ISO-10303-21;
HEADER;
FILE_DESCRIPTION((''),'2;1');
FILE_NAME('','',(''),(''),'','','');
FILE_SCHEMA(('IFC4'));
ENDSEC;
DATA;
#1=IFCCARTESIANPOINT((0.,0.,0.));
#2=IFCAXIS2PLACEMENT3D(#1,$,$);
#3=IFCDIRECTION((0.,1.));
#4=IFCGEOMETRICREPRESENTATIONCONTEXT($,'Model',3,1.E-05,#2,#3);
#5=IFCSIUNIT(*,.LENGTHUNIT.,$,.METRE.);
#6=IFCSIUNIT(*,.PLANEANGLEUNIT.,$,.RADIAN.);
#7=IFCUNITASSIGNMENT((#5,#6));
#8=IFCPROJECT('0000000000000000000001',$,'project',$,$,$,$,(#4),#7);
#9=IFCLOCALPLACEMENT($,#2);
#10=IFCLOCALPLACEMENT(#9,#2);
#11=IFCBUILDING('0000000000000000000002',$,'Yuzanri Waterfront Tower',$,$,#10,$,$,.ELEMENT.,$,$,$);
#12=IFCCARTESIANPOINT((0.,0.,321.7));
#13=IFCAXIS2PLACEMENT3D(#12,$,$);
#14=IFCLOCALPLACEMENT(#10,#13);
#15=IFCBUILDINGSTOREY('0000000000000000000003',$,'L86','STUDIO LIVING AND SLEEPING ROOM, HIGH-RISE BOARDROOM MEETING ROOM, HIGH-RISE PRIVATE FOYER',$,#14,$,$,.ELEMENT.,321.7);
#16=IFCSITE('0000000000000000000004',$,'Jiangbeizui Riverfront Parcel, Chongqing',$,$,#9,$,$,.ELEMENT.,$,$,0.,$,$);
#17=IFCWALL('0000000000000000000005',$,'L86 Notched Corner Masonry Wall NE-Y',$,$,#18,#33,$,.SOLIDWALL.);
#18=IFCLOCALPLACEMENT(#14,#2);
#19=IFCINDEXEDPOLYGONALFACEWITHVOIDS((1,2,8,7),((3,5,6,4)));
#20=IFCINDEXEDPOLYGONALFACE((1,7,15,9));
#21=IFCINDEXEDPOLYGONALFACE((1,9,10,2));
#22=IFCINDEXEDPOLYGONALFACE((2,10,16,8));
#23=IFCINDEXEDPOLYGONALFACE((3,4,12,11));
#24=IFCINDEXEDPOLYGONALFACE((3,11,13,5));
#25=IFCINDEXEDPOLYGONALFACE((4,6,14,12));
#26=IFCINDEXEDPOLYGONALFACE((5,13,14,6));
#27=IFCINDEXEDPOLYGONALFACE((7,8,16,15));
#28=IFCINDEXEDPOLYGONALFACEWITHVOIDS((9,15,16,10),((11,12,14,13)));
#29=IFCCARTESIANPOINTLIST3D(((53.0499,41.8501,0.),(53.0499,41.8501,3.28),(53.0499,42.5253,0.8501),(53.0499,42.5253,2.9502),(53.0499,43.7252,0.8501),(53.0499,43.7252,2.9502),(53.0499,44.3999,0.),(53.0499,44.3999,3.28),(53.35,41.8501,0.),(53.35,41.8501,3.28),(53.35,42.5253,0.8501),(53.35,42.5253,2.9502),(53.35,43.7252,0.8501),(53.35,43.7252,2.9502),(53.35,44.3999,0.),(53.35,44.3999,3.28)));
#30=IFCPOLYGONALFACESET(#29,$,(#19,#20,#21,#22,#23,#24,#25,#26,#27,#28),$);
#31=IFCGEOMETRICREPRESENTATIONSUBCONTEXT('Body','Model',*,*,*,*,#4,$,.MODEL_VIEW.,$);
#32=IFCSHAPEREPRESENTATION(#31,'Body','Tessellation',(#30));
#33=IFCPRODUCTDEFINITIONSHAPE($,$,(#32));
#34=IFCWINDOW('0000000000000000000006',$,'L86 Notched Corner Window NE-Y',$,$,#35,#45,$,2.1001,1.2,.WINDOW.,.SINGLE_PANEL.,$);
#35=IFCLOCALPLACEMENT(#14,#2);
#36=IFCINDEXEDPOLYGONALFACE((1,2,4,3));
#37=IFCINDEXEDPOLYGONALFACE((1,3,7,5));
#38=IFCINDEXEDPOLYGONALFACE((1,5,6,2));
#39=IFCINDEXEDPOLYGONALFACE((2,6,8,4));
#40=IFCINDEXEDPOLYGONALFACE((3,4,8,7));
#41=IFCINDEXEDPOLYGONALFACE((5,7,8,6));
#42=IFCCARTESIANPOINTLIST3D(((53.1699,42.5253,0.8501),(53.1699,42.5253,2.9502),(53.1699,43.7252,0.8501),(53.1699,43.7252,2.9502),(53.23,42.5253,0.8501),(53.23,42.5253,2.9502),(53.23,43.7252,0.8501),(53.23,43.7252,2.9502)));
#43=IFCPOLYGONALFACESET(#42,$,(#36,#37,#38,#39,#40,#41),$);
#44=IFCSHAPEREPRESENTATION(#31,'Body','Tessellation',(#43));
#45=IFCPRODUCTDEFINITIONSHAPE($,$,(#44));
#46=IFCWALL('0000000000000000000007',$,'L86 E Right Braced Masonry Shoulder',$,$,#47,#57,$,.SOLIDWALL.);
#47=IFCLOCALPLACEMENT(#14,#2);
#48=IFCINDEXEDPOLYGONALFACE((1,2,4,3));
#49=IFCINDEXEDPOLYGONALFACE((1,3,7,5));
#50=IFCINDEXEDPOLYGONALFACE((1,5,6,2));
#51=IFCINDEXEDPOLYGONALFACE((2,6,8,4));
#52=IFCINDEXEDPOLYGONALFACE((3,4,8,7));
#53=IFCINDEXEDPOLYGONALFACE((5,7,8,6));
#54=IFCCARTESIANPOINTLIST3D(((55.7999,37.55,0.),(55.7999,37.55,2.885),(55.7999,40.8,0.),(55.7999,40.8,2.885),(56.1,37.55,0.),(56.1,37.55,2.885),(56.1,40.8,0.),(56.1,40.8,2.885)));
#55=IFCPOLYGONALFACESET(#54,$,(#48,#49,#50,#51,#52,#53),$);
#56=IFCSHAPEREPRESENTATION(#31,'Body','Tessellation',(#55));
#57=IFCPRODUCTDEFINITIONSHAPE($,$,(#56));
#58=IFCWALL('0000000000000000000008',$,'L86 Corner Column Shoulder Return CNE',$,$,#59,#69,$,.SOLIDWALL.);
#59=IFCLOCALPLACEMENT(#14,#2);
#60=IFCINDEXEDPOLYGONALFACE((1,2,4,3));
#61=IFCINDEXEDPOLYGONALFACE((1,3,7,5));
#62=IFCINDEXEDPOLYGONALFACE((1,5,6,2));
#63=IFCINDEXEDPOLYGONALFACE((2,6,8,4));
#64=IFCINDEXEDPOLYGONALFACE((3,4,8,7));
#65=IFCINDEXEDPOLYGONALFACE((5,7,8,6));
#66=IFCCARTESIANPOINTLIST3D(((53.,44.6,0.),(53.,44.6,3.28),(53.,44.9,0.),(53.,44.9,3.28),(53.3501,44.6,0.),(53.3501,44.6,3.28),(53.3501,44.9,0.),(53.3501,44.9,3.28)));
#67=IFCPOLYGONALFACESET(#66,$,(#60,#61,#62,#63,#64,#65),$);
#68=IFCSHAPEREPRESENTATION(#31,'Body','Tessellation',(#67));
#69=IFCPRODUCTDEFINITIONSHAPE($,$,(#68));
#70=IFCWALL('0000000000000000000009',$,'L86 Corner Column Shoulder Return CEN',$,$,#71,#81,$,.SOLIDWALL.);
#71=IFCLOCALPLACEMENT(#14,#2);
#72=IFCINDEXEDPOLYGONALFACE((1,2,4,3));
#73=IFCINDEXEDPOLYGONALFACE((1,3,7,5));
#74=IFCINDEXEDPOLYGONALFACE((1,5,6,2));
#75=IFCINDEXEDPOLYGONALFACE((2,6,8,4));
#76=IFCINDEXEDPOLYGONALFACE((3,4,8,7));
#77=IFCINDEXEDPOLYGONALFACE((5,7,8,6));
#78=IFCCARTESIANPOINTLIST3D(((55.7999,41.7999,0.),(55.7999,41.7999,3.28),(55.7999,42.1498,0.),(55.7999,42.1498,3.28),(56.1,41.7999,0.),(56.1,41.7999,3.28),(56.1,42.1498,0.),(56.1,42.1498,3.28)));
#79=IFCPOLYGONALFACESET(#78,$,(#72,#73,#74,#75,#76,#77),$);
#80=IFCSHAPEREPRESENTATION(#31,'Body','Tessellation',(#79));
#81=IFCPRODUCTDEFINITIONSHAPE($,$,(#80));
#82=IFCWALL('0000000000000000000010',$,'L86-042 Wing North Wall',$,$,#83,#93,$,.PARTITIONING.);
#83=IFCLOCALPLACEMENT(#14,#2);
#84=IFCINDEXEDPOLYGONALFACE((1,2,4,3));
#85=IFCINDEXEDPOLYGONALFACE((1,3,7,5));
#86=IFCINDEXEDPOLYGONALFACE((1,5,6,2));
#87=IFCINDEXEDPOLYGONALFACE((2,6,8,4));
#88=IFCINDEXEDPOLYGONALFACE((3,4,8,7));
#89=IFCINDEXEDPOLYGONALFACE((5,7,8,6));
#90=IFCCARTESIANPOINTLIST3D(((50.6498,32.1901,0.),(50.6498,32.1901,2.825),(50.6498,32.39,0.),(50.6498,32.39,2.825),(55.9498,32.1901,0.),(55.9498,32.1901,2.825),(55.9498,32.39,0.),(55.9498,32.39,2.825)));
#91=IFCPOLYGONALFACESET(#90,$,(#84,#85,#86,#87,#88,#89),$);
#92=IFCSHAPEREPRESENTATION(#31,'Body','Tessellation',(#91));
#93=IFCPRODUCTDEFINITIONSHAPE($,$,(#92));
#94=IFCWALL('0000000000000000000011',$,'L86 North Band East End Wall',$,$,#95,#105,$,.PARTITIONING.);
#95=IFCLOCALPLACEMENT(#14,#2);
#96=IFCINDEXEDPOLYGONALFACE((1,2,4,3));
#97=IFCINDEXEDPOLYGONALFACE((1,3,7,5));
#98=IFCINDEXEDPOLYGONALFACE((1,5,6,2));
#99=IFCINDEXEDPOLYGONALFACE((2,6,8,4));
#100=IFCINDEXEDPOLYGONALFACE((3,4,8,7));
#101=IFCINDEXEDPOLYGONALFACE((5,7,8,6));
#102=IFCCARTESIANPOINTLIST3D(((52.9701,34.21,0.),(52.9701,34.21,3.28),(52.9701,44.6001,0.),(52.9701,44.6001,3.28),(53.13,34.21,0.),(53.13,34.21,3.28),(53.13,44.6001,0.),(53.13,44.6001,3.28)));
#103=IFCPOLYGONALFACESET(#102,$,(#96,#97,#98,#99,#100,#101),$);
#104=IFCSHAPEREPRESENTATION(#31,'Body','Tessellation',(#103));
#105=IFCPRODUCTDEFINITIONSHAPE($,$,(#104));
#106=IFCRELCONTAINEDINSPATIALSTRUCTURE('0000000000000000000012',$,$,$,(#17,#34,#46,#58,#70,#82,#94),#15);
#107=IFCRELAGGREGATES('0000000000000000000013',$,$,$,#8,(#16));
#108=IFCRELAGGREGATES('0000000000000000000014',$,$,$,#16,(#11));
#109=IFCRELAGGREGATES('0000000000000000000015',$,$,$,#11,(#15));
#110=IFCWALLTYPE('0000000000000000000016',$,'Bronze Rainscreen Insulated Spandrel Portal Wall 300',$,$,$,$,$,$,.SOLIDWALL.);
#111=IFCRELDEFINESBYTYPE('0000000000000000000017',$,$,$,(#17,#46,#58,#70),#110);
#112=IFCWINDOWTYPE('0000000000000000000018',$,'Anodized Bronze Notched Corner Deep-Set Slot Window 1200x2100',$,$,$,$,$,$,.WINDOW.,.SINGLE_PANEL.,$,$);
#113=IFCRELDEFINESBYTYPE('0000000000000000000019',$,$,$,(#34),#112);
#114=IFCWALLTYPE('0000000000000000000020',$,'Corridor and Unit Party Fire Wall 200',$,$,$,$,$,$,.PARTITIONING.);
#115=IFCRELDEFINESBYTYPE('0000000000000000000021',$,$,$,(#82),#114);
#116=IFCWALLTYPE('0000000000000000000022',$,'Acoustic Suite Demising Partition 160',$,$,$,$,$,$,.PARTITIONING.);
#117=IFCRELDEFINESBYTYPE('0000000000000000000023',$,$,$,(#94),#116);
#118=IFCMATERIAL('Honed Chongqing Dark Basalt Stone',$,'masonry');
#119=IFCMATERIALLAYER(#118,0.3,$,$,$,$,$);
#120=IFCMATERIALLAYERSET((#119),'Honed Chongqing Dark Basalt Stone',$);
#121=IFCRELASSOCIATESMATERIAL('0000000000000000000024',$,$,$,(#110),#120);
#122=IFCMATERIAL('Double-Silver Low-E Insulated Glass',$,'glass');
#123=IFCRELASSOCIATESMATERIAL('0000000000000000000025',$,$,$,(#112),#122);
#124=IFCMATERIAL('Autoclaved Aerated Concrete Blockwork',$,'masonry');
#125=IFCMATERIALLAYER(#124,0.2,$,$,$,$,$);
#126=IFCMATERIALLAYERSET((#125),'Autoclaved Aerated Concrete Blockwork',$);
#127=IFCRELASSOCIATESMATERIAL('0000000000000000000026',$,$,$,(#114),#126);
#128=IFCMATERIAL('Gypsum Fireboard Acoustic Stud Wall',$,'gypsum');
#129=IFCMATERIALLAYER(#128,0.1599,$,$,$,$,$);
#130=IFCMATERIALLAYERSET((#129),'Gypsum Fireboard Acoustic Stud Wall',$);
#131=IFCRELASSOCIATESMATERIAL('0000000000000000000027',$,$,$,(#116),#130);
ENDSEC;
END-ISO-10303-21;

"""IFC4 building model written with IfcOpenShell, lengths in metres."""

from ifc_helpers import new_model, si_unit, direction, frame, frame_2d, origin, place, context, subcontext, project, spatial, rectangle, extrude, source, transform, mapped, material, layer, layer_set, type_object, element, fill, save


model = new_model("IFC4")

# Units and contexts
model_context = context("Model", 3, precision=1e-05, world=origin(), true_north=direction((0.0, 1.0)))
body_context = subcontext(model_context, "Body", "Model", "MODEL_VIEW")
ifc_project = project(units=[si_unit("LENGTHUNIT", "METRE"), si_unit("PLANEANGLEUNIT", "RADIAN")], contexts=[model_context])

# Site, building, storey
site_placement = place(None, origin())
site = spatial("IfcSite", under=ifc_project, at=site_placement, Name="Jiangbeizui Riverfront Parcel, Chongqing", CompositionType="ELEMENT", RefElevation=0.0)
building_placement = place(site_placement, origin())
building = spatial("IfcBuilding", under=site, at=building_placement, Name="Yuzanri Waterfront Tower", CompositionType="ELEMENT")
storey_placement = place(building_placement, frame((0.0, 0.0, 321.7)))
storey = spatial("IfcBuildingStorey", under=building, at=storey_placement, Name="L86", Description="STUDIO LIVING AND SLEEPING ROOM, HIGH-RISE BOARDROOM MEETING ROOM, HIGH-RISE PRIVATE FOYER", CompositionType="ELEMENT", Elevation=321.7)

# Wall, opening, window
ifc_material_1 = material(Name="Honed Chongqing Dark Basalt Stone", Category="masonry")
ifc_layer_1 = layer(ifc_material_1, 0.3)
ifc_layer_set_1 = layer_set([ifc_layer_1], Name="Honed Chongqing Dark Basalt Stone")
wall_type_1 = type_object("IfcWallType", Name="Bronze Rainscreen Insulated Spandrel Portal Wall 300", PredefinedType="SOLIDWALL", material=ifc_layer_set_1)
wall_1_placement = place(storey_placement, frame((53.2, 41.8501, 0.0), z_axis=(0.0, 0.0, 1.0), x_axis=(0.0, 1.0, 0.0)))
wall_1 = element("IfcWall", 1, at=wall_1_placement, inside=storey, type_object=wall_type_1, Name="L86 Notched Corner Masonry Wall NE-Y", PredefinedType="SOLIDWALL", context=body_context, shape_type="SweptSolid", body=[
    extrude(rectangle(XDim=2.5498, YDim=0.3, at=frame_2d((1.2749, 0.0))), origin(), (0.0, 0.0, 1.0), 3.28),
])
opening_1_placement = place(wall_1_placement, frame((0.675, 0.0, 0.8501)))
opening_1 = element("IfcOpeningElement", 2, at=opening_1_placement, cuts=wall_1, PredefinedType="OPENING", context=body_context, shape_type="SweptSolid", body=[
    extrude(rectangle(XDim=1.2, YDim=2.1001, at=frame_2d((0.6001, 1.05))), frame((0.0, 0.165, 0.0), z_axis=(0.0, -1.0, 0.0), x_axis=(1.0, 0.0, 0.0)), (0.0, 0.0, 1.0), 0.3298),
])
ifc_material_2 = material(Name="Double-Silver Low-E Insulated Glass", Category="glass")
window_type_1 = type_object("IfcWindowType", Name="Anodized Bronze Notched Corner Deep-Set Slot Window 1200x2100", PartitioningType="SINGLE_PANEL", PredefinedType="WINDOW", material=ifc_material_2)
shared_shape_1 = source(origin(), body_context, "Body", "SweptSolid", [
    extrude(rectangle(XDim=1.2, YDim=2.1001, at=frame_2d((0.6001, 1.05))), frame((0.0, 0.03, 0.0), z_axis=(0.0, -1.0, 0.0), x_axis=(1.0, 0.0, 0.0)), (0.0, 0.0, 1.0), 0.0601),
])
window_1_placement = place(opening_1_placement, origin())
window_1 = element("IfcWindow", 3, at=window_1_placement, inside=storey, type_object=window_type_1, Name="L86 Notched Corner Window NE-Y", OverallHeight=2.1001, OverallWidth=1.2, PartitioningType="SINGLE_PANEL", PredefinedType="WINDOW", context=body_context, shape_type="MappedRepresentation", body=[
    mapped(shared_shape_1, transform((0.0, 0.0, 0.0), scale=1.0)),
])
fill(opening_1, window_1)

# Walls
shared_shape_2 = source(origin(), body_context, "Body", "SweptSolid", [
    extrude(rectangle(XDim=3.25, YDim=0.3, at=frame_2d((1.625, 0.0))), origin(), (0.0, 0.0, 1.0), 2.885),
])
wall_2_placement = place(storey_placement, frame((55.95, 37.55, 0.0), z_axis=(0.0, 0.0, 1.0), x_axis=(0.0, 1.0, 0.0)))
element("IfcWall", 4, at=wall_2_placement, inside=storey, type_object=wall_type_1, Name="L86 E Right Braced Masonry Shoulder", PredefinedType="SOLIDWALL", context=body_context, shape_type="MappedRepresentation", body=[
    mapped(shared_shape_2, transform((0.0, 0.0, 0.0), scale=1.0)),
])
shared_shape_3 = source(origin(), body_context, "Body", "SweptSolid", [
    extrude(rectangle(XDim=0.3501, YDim=0.3, at=frame_2d((0.175, 0.0))), origin(), (0.0, 0.0, 1.0), 3.28),
])
wall_3_placement = place(storey_placement, frame((53.0, 44.75, 0.0), z_axis=(0.0, 0.0, 1.0), x_axis=(1.0, 0.0, 0.0)))
element("IfcWall", 5, at=wall_3_placement, inside=storey, type_object=wall_type_1, Name="L86 Corner Column Shoulder Return CNE", PredefinedType="SOLIDWALL", context=body_context, shape_type="MappedRepresentation", body=[
    mapped(shared_shape_3, transform((0.0, 0.0, 0.0), scale=1.0)),
])
shared_shape_4 = source(origin(), body_context, "Body", "SweptSolid", [
    extrude(rectangle(XDim=0.3499, YDim=0.3, at=frame_2d((0.1748, 0.0))), origin(), (0.0, 0.0, 1.0), 3.28),
])
wall_4_placement = place(storey_placement, frame((55.95, 41.8, 0.0), z_axis=(0.0, 0.0, 1.0), x_axis=(0.0, 1.0, 0.0)))
element("IfcWall", 6, at=wall_4_placement, inside=storey, type_object=wall_type_1, Name="L86 Corner Column Shoulder Return CEN", PredefinedType="SOLIDWALL", context=body_context, shape_type="MappedRepresentation", body=[
    mapped(shared_shape_4, transform((0.0, 0.0, 0.0), scale=1.0)),
])
ifc_material_3 = material(Name="Autoclaved Aerated Concrete Blockwork", Category="masonry")
ifc_layer_2 = layer(ifc_material_3, 0.2)
ifc_layer_set_2 = layer_set([ifc_layer_2], Name="Autoclaved Aerated Concrete Blockwork")
wall_type_2 = type_object("IfcWallType", Name="Corridor and Unit Party Fire Wall 200", PredefinedType="PARTITIONING", material=ifc_layer_set_2)
shared_shape_5 = source(origin(), body_context, "Body", "SweptSolid", [
    extrude(rectangle(XDim=5.3, YDim=0.2, at=frame_2d((2.6499, 0.0))), origin(), (0.0, 0.0, 1.0), 2.825),
])
wall_5_placement = place(storey_placement, frame((50.6499, 32.29, 0.0), z_axis=(0.0, 0.0, 1.0), x_axis=(1.0, 0.0, 0.0)))
element("IfcWall", 7, at=wall_5_placement, inside=storey, type_object=wall_type_2, Name="L86-042 Wing North Wall", PredefinedType="PARTITIONING", context=body_context, shape_type="MappedRepresentation", body=[
    mapped(shared_shape_5, transform((0.0, 0.0, 0.0), scale=1.0)),
])
ifc_material_4 = material(Name="Gypsum Fireboard Acoustic Stud Wall", Category="gypsum")
ifc_layer_3 = layer(ifc_material_4, 0.1599)
ifc_layer_set_3 = layer_set([ifc_layer_3], Name="Gypsum Fireboard Acoustic Stud Wall")
wall_type_3 = type_object("IfcWallType", Name="Acoustic Suite Demising Partition 160", PredefinedType="PARTITIONING", material=ifc_layer_set_3)
shared_shape_6 = source(origin(), body_context, "Body", "SweptSolid", [
    extrude(rectangle(XDim=10.3901, YDim=0.1599, at=frame_2d((5.1951, 0.0))), origin(), (0.0, 0.0, 1.0), 3.28),
])
wall_6_placement = place(storey_placement, frame((53.05, 34.21, 0.0), z_axis=(0.0, 0.0, 1.0), x_axis=(0.0, 1.0, 0.0)))
element("IfcWall", 8, at=wall_6_placement, inside=storey, type_object=wall_type_3, Name="L86 North Band East End Wall", PredefinedType="PARTITIONING", context=body_context, shape_type="MappedRepresentation", body=[
    mapped(shared_shape_6, transform((0.0, 0.0, 0.0), scale=1.0)),
])

save(model, "model.ifc")
